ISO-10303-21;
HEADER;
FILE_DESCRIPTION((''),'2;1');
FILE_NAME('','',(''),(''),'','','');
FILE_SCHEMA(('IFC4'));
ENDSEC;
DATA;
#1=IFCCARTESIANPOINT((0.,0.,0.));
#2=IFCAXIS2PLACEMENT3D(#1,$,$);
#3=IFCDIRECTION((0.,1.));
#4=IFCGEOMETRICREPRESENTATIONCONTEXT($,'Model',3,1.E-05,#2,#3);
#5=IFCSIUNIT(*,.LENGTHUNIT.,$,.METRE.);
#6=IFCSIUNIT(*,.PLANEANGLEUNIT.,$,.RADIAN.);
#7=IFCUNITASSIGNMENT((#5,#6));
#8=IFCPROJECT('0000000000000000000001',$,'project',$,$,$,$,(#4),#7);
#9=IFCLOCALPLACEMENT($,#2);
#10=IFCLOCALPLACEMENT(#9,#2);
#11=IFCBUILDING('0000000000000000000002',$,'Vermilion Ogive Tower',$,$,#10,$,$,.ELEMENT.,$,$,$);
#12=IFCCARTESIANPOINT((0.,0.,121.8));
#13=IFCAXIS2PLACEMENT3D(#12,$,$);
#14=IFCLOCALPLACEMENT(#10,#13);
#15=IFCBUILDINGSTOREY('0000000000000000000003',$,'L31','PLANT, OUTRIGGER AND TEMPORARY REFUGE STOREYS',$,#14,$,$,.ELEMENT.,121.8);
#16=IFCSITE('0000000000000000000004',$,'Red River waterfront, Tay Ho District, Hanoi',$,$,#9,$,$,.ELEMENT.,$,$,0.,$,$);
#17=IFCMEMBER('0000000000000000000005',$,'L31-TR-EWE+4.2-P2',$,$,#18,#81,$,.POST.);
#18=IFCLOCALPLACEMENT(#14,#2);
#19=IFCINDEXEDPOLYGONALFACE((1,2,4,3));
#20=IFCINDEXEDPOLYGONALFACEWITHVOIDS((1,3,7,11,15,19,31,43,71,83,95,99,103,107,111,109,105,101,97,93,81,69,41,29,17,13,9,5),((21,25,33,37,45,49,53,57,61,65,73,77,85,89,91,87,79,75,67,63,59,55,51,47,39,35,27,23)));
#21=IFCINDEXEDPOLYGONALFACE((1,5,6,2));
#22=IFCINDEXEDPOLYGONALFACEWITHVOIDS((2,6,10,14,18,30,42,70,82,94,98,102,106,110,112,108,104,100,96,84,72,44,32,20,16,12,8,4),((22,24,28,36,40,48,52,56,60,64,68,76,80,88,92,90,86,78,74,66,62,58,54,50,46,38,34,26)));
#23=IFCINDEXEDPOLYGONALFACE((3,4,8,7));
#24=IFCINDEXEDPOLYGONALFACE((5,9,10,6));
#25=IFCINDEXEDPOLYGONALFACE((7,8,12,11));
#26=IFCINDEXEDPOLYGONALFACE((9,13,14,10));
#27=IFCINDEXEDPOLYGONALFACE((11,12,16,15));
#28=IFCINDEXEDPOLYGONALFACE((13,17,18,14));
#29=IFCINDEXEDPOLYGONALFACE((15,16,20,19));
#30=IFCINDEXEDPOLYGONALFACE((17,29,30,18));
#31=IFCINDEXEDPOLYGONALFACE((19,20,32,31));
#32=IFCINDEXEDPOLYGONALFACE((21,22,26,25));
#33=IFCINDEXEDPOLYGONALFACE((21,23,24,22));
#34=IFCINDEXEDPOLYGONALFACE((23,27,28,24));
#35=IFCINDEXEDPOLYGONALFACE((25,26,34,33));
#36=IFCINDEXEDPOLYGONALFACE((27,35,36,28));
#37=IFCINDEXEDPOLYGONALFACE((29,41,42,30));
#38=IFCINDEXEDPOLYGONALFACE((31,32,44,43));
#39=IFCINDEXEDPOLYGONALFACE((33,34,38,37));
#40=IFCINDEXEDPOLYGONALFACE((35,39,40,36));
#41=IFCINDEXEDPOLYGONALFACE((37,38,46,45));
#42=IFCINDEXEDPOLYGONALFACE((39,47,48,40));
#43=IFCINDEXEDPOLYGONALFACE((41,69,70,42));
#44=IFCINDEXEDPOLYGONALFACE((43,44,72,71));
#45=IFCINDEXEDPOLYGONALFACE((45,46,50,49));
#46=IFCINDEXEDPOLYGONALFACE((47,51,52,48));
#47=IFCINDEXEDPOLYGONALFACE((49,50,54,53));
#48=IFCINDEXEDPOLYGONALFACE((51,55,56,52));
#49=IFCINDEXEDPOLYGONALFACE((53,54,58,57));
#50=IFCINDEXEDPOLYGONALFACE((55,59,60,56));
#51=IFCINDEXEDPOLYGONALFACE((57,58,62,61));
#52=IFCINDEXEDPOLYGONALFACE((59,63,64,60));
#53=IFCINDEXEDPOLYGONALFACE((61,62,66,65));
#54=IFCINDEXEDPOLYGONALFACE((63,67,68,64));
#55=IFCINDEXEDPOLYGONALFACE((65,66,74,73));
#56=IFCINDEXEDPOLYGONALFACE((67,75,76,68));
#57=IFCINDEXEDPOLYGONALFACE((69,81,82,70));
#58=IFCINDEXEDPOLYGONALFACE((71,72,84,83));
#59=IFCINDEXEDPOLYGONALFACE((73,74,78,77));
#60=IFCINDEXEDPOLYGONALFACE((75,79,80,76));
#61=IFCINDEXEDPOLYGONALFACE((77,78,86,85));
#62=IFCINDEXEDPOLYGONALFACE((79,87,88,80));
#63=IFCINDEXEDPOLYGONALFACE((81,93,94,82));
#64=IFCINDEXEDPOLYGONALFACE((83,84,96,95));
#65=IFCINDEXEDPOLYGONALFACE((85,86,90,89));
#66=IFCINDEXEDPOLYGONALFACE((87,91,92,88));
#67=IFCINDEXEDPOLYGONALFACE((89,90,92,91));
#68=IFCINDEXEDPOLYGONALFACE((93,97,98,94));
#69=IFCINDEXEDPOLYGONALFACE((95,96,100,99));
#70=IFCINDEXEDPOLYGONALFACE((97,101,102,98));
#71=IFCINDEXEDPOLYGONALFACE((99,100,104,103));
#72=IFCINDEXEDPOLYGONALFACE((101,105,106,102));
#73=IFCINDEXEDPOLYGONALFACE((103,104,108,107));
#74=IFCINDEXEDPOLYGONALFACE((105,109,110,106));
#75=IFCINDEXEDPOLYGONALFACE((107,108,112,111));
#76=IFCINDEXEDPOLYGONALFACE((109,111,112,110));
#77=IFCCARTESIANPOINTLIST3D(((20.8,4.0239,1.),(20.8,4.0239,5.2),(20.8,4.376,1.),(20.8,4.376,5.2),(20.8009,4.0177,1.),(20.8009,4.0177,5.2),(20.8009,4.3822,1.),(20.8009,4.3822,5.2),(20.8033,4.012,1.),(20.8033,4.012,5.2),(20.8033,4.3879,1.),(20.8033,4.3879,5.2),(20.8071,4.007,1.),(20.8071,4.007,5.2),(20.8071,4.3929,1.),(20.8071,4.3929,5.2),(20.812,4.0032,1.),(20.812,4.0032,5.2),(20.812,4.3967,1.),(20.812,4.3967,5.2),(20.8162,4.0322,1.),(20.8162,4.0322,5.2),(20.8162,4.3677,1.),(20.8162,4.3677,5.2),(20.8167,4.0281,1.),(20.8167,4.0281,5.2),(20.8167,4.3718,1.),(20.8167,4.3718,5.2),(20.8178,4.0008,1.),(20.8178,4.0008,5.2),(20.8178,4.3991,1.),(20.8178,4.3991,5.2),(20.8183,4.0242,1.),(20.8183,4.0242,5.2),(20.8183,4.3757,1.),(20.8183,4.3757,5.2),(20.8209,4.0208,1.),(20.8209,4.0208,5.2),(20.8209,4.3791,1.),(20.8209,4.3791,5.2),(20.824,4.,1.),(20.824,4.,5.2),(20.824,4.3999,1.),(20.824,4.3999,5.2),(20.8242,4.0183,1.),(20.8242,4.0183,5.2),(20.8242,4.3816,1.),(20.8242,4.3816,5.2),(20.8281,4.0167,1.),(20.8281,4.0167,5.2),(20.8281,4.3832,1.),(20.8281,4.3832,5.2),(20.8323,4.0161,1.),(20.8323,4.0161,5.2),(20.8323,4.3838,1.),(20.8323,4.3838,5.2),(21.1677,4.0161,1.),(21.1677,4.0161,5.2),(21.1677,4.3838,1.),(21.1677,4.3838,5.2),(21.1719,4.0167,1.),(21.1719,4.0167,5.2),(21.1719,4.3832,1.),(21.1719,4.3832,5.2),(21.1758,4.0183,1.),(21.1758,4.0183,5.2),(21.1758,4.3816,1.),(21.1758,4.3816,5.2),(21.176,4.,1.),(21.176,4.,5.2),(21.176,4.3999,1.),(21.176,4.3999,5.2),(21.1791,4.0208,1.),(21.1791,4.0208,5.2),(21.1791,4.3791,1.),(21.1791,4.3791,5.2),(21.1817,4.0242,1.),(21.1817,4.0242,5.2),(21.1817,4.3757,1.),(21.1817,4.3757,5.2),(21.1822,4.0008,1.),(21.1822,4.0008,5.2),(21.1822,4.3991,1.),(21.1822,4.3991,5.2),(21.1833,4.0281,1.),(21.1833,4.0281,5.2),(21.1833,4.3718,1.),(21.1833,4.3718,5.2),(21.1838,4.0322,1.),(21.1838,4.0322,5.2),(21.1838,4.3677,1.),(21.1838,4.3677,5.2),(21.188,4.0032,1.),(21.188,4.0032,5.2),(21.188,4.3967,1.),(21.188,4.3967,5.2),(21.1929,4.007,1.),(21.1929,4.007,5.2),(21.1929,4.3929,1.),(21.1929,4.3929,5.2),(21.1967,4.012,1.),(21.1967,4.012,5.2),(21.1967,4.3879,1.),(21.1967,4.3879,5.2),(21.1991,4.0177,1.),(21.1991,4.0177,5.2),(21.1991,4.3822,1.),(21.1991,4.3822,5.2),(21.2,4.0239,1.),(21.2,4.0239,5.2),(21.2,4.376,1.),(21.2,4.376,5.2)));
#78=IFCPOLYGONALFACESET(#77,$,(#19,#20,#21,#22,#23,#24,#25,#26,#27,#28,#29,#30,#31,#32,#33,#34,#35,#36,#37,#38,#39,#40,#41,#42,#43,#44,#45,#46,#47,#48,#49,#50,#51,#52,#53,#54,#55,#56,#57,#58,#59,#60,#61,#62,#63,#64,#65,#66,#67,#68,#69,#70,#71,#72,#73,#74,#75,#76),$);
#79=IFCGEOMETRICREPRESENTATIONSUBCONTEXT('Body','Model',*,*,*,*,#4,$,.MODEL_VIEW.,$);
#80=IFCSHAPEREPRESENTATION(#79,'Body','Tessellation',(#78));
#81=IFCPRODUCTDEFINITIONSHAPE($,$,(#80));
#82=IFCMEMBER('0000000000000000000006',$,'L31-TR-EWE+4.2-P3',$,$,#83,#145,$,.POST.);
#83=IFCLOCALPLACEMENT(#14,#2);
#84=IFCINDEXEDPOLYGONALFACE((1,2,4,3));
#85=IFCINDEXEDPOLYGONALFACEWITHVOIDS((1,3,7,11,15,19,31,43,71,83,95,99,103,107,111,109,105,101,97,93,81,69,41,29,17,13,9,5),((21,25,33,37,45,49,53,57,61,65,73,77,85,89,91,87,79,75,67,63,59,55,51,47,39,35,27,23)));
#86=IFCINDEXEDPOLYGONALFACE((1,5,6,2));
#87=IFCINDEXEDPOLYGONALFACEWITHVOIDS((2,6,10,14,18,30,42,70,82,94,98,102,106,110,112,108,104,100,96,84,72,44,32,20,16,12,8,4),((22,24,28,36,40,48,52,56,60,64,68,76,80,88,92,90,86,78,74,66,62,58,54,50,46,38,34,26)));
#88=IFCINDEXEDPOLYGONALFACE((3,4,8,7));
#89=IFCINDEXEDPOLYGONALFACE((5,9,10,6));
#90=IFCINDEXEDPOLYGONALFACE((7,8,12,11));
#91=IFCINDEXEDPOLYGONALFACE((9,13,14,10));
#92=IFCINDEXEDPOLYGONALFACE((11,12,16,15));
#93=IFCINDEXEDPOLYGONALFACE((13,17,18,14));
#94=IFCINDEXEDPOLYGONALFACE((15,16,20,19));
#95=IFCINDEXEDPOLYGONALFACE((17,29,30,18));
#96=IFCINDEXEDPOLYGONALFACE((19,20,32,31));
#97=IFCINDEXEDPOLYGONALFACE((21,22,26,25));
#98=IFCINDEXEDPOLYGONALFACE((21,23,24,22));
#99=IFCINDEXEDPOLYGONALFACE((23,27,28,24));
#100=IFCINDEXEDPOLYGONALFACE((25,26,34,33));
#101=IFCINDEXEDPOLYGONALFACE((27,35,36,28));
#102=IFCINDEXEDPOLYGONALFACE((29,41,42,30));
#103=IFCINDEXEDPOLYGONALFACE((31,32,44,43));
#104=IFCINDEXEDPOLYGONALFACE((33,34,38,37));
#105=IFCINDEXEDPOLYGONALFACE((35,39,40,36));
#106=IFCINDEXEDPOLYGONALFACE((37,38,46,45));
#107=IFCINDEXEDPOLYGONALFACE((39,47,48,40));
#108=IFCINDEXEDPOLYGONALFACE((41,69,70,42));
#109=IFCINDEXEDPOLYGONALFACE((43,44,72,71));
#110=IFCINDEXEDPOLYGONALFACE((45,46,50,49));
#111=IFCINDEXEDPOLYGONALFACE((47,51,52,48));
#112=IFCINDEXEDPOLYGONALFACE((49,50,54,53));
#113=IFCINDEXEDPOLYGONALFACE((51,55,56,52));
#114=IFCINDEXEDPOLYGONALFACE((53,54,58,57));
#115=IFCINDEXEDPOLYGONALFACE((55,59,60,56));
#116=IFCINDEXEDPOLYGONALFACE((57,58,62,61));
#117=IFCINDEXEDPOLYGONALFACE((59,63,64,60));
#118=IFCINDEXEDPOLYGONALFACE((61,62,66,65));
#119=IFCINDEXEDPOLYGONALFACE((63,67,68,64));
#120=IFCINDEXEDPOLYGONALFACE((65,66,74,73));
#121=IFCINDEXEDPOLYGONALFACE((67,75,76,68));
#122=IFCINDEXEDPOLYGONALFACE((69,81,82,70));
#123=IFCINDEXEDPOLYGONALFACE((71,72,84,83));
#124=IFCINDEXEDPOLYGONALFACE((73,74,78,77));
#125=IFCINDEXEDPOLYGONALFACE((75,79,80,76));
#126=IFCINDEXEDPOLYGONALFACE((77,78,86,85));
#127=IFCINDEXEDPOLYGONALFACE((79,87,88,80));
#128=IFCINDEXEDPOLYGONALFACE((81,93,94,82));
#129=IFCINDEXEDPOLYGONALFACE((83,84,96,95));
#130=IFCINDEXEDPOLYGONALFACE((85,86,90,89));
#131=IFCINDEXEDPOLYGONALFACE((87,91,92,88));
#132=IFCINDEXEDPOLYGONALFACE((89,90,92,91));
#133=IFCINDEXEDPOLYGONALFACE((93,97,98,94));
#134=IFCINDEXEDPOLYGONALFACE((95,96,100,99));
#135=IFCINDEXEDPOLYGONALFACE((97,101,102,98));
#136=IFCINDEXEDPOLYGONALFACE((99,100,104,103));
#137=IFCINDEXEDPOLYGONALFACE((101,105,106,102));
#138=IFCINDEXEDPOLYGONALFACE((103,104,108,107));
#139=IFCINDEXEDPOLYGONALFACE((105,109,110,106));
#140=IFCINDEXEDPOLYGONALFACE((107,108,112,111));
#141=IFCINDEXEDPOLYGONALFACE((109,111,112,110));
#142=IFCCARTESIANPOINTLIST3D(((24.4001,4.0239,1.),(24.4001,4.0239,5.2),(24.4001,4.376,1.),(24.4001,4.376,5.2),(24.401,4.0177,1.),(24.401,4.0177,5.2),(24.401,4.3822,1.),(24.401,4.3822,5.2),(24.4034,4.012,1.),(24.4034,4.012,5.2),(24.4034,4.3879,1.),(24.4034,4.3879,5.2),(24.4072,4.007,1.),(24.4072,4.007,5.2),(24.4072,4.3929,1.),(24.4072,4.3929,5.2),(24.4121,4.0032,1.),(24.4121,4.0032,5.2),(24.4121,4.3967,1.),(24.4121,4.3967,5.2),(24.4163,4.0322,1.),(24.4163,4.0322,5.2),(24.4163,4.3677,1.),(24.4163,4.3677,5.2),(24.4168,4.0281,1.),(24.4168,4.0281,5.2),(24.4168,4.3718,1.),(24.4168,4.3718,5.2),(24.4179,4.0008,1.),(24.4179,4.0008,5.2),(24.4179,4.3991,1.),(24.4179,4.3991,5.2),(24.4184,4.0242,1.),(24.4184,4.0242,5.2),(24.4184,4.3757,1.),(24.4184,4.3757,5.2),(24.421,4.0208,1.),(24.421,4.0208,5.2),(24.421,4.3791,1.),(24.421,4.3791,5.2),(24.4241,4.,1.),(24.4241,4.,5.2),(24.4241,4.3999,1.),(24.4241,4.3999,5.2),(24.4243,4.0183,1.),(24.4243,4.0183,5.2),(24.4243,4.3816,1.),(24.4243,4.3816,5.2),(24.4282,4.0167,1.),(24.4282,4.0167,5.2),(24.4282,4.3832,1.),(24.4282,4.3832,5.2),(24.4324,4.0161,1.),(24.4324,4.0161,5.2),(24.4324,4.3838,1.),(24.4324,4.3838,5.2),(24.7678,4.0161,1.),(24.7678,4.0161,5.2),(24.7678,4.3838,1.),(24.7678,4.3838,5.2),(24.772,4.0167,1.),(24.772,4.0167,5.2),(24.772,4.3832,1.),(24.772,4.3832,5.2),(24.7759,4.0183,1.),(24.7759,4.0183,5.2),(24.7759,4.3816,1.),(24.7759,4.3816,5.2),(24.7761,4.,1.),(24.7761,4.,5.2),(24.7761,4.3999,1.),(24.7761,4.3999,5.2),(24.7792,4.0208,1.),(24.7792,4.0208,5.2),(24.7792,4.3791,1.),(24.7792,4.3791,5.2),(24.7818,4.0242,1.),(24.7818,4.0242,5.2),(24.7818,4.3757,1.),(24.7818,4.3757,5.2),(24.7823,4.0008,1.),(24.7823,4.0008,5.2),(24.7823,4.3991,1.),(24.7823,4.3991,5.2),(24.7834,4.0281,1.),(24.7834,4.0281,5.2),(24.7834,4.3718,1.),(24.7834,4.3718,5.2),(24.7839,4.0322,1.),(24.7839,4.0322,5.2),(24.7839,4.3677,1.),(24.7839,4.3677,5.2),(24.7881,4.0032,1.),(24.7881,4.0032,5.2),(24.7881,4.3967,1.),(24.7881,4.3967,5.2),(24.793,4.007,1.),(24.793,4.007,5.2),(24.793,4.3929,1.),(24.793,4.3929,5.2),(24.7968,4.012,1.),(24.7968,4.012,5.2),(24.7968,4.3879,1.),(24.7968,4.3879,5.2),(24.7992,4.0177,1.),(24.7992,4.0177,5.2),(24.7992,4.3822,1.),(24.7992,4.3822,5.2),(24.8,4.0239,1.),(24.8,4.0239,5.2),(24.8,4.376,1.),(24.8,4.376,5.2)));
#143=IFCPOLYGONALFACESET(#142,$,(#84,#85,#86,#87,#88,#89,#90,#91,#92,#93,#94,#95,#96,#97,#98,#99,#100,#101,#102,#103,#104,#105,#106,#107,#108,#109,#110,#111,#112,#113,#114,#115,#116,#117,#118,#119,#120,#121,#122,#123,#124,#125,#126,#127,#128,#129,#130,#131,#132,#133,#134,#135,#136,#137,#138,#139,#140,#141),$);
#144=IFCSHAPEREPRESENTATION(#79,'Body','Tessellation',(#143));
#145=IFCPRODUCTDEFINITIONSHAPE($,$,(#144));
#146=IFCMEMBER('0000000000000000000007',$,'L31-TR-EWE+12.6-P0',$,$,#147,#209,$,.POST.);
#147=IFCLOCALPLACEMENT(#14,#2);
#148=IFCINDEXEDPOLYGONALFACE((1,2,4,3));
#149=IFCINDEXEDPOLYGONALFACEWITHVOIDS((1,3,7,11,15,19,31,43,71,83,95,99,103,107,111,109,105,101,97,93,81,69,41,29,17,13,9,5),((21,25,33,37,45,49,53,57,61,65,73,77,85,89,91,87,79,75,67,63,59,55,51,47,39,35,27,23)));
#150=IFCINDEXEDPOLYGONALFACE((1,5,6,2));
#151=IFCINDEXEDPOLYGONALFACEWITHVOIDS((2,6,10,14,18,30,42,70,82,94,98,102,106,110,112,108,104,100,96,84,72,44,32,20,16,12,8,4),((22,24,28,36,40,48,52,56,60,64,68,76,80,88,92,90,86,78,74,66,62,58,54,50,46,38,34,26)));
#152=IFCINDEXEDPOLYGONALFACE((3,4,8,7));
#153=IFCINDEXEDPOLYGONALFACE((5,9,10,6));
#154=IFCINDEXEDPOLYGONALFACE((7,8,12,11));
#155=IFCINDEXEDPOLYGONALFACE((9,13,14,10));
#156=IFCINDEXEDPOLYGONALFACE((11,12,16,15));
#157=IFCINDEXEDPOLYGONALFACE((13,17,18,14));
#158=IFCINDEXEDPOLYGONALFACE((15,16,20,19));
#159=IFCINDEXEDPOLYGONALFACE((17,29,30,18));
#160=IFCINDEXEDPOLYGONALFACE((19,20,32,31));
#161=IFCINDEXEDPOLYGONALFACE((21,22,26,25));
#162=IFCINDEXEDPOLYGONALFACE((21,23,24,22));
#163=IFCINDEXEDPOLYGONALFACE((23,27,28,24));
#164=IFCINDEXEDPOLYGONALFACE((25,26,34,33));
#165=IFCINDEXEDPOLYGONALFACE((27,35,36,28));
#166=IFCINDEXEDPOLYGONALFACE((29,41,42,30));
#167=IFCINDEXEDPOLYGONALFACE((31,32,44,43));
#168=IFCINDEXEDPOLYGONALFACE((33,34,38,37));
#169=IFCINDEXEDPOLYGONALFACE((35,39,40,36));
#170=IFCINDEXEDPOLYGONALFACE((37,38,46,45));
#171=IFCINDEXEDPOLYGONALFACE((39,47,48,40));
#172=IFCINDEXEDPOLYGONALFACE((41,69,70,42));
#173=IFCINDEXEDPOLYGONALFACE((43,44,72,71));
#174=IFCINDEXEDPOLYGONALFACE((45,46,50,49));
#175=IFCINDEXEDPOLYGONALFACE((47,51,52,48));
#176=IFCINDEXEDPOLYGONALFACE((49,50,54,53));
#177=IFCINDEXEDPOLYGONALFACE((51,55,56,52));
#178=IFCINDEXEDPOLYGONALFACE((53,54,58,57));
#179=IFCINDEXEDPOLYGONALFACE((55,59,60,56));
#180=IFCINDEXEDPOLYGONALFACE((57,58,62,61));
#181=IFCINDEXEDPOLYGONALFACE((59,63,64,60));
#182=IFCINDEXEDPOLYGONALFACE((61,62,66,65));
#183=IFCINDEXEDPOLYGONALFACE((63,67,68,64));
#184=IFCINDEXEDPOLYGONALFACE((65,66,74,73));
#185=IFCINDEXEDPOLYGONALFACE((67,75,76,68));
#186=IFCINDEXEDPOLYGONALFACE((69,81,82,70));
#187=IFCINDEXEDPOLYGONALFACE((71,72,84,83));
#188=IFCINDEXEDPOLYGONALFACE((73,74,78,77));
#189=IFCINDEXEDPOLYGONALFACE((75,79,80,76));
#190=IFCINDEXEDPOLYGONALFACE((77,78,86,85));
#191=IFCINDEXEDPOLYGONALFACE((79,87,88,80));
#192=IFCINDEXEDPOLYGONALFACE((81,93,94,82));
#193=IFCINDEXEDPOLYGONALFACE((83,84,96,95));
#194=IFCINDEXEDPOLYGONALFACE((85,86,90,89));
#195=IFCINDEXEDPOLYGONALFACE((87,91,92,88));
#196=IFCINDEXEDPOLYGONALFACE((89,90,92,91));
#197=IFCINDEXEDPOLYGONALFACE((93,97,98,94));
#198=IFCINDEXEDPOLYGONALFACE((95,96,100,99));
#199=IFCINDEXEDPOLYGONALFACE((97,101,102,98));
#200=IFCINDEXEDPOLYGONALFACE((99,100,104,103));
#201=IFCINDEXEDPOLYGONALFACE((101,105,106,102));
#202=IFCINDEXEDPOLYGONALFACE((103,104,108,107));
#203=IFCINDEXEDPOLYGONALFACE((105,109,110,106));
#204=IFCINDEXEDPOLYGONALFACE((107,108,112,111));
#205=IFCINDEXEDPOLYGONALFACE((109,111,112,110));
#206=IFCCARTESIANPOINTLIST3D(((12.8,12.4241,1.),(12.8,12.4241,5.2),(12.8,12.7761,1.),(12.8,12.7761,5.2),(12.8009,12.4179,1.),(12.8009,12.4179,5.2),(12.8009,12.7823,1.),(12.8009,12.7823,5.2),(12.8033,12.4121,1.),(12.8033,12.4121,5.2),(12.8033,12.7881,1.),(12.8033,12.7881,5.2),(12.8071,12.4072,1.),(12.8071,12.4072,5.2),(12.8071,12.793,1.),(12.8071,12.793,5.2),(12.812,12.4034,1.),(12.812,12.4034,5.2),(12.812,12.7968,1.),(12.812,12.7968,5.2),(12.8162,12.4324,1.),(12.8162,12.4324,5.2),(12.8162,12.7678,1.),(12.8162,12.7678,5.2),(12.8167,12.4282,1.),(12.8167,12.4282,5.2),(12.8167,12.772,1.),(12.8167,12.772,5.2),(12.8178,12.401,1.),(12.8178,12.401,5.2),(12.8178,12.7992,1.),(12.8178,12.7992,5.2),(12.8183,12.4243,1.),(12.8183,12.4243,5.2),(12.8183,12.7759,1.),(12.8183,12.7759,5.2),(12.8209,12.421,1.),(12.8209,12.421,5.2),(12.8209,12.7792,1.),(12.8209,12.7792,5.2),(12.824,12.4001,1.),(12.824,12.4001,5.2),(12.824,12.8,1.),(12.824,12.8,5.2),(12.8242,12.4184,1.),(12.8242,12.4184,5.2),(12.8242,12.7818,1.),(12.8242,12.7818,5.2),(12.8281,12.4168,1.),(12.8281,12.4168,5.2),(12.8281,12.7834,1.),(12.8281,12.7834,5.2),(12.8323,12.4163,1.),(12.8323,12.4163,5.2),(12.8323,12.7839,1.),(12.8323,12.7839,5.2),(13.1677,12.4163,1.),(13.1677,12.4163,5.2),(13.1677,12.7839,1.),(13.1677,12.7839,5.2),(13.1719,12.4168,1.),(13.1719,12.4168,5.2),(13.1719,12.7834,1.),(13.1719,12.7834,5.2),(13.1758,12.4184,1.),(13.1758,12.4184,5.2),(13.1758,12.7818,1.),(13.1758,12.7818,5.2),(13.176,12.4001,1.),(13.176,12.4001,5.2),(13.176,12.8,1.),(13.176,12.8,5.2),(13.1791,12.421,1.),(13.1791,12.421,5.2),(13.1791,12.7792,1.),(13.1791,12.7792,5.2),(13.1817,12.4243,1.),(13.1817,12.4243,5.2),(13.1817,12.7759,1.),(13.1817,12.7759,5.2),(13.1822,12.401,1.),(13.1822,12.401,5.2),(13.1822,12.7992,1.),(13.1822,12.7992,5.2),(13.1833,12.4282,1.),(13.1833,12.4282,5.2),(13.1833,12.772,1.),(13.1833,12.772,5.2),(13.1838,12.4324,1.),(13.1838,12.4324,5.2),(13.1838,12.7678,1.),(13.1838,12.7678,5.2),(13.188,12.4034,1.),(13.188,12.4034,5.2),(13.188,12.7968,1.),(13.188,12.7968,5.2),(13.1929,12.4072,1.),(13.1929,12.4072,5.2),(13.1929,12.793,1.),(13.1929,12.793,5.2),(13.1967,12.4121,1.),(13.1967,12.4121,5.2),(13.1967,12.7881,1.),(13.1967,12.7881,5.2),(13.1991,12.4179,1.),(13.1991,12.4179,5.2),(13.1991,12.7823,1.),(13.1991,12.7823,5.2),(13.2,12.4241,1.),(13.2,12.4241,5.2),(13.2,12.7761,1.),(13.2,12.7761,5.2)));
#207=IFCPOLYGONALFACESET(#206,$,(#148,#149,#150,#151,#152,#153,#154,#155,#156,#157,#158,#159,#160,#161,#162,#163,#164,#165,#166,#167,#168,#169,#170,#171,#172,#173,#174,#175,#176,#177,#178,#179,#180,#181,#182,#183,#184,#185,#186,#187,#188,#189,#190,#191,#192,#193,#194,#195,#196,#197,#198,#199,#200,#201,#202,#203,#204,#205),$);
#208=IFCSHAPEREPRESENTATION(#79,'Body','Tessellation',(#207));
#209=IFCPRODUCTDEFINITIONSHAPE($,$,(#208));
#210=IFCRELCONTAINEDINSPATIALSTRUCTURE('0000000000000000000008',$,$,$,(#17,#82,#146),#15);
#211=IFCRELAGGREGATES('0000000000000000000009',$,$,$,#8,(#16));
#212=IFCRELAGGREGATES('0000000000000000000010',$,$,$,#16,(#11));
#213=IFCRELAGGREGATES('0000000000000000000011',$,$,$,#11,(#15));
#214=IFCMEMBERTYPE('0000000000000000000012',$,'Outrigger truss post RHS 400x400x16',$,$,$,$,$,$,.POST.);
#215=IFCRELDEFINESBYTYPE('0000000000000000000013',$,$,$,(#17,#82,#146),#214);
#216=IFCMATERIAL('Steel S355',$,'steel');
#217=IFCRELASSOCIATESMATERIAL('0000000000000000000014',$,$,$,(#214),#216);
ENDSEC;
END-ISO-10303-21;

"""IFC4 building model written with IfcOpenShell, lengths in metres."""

from ifc_helpers import new_model, si_unit, direction, frame, origin, origin_2d, place, context, subcontext, project, spatial, hollow_rectangle, extrude, material, material_profile, profile_set, type_object, element, save


model = new_model("IFC4")

# Units and contexts
model_context = context("Model", 3, precision=1e-05, world=origin(), true_north=direction((0.0, 1.0)))
body_context = subcontext(model_context, "Body", "Model", "MODEL_VIEW")
ifc_project = project(units=[si_unit("LENGTHUNIT", "METRE"), si_unit("PLANEANGLEUNIT", "RADIAN")], contexts=[model_context])

# Site, building, storey
site_placement = place(None, origin())
site = spatial("IfcSite", under=ifc_project, at=site_placement, Name="Red River waterfront, Tay Ho District, Hanoi", CompositionType="ELEMENT", RefElevation=0.0)
building_placement = place(site_placement, origin())
building = spatial("IfcBuilding", under=site, at=building_placement, Name="Vermilion Ogive Tower", CompositionType="ELEMENT")
storey_placement = place(building_placement, frame((0.0, 0.0, 121.8)))
storey = spatial("IfcBuildingStorey", under=building, at=storey_placement, Name="L31", Description="PLANT, OUTRIGGER AND TEMPORARY REFUGE STOREYS", CompositionType="ELEMENT", Elevation=121.8)

# Members
ifc_material_1 = material(Name="Steel S355", Category="steel")
ifc_material_profile_1 = material_profile(ifc_material_1, hollow_rectangle(XDim=0.3999, YDim=0.3999, WallThickness=0.0161, InnerFilletRadius=0.0161, OuterFilletRadius=0.0239, at=origin_2d()), Name="RHS 400x400x16")
ifc_profile_set_1 = profile_set([ifc_material_profile_1], Name="Steel S355")
member_type_1 = type_object("IfcMemberType", Name="Outrigger truss post RHS 400x400x16", PredefinedType="POST", material=ifc_profile_set_1)
for number, where, z_axis, x_axis, name in (
    (1, (21.0, 4.2, 1.0), (0.0, 0.0, 1.0), (1.0, 0.0, 0.0), "L31-TR-EWE+4.2-P2"),
    (2, (24.6001, 4.2, 1.0), (0.0, 0.0, 1.0), (1.0, 0.0, 0.0), "L31-TR-EWE+4.2-P3"),
    (3, (13.0, 12.6001, 1.0), (0.0, 0.0, 1.0), (1.0, 0.0, 0.0), "L31-TR-EWE+12.6-P0"),
):
    element("IfcMember", number, at=place(storey_placement, frame(where, z_axis=z_axis, x_axis=x_axis)), inside=storey, type_object=member_type_1, Name=name, PredefinedType="POST", context=body_context, shape_type="SweptSolid", body=[
        extrude(hollow_rectangle(XDim=0.3999, YDim=0.3999, WallThickness=0.0161, InnerFilletRadius=0.0161, OuterFilletRadius=0.0239, at=origin_2d()), origin(), (0.0, 0.0, 1.0), 4.2),
    ])

save(model, "model.ifc")
